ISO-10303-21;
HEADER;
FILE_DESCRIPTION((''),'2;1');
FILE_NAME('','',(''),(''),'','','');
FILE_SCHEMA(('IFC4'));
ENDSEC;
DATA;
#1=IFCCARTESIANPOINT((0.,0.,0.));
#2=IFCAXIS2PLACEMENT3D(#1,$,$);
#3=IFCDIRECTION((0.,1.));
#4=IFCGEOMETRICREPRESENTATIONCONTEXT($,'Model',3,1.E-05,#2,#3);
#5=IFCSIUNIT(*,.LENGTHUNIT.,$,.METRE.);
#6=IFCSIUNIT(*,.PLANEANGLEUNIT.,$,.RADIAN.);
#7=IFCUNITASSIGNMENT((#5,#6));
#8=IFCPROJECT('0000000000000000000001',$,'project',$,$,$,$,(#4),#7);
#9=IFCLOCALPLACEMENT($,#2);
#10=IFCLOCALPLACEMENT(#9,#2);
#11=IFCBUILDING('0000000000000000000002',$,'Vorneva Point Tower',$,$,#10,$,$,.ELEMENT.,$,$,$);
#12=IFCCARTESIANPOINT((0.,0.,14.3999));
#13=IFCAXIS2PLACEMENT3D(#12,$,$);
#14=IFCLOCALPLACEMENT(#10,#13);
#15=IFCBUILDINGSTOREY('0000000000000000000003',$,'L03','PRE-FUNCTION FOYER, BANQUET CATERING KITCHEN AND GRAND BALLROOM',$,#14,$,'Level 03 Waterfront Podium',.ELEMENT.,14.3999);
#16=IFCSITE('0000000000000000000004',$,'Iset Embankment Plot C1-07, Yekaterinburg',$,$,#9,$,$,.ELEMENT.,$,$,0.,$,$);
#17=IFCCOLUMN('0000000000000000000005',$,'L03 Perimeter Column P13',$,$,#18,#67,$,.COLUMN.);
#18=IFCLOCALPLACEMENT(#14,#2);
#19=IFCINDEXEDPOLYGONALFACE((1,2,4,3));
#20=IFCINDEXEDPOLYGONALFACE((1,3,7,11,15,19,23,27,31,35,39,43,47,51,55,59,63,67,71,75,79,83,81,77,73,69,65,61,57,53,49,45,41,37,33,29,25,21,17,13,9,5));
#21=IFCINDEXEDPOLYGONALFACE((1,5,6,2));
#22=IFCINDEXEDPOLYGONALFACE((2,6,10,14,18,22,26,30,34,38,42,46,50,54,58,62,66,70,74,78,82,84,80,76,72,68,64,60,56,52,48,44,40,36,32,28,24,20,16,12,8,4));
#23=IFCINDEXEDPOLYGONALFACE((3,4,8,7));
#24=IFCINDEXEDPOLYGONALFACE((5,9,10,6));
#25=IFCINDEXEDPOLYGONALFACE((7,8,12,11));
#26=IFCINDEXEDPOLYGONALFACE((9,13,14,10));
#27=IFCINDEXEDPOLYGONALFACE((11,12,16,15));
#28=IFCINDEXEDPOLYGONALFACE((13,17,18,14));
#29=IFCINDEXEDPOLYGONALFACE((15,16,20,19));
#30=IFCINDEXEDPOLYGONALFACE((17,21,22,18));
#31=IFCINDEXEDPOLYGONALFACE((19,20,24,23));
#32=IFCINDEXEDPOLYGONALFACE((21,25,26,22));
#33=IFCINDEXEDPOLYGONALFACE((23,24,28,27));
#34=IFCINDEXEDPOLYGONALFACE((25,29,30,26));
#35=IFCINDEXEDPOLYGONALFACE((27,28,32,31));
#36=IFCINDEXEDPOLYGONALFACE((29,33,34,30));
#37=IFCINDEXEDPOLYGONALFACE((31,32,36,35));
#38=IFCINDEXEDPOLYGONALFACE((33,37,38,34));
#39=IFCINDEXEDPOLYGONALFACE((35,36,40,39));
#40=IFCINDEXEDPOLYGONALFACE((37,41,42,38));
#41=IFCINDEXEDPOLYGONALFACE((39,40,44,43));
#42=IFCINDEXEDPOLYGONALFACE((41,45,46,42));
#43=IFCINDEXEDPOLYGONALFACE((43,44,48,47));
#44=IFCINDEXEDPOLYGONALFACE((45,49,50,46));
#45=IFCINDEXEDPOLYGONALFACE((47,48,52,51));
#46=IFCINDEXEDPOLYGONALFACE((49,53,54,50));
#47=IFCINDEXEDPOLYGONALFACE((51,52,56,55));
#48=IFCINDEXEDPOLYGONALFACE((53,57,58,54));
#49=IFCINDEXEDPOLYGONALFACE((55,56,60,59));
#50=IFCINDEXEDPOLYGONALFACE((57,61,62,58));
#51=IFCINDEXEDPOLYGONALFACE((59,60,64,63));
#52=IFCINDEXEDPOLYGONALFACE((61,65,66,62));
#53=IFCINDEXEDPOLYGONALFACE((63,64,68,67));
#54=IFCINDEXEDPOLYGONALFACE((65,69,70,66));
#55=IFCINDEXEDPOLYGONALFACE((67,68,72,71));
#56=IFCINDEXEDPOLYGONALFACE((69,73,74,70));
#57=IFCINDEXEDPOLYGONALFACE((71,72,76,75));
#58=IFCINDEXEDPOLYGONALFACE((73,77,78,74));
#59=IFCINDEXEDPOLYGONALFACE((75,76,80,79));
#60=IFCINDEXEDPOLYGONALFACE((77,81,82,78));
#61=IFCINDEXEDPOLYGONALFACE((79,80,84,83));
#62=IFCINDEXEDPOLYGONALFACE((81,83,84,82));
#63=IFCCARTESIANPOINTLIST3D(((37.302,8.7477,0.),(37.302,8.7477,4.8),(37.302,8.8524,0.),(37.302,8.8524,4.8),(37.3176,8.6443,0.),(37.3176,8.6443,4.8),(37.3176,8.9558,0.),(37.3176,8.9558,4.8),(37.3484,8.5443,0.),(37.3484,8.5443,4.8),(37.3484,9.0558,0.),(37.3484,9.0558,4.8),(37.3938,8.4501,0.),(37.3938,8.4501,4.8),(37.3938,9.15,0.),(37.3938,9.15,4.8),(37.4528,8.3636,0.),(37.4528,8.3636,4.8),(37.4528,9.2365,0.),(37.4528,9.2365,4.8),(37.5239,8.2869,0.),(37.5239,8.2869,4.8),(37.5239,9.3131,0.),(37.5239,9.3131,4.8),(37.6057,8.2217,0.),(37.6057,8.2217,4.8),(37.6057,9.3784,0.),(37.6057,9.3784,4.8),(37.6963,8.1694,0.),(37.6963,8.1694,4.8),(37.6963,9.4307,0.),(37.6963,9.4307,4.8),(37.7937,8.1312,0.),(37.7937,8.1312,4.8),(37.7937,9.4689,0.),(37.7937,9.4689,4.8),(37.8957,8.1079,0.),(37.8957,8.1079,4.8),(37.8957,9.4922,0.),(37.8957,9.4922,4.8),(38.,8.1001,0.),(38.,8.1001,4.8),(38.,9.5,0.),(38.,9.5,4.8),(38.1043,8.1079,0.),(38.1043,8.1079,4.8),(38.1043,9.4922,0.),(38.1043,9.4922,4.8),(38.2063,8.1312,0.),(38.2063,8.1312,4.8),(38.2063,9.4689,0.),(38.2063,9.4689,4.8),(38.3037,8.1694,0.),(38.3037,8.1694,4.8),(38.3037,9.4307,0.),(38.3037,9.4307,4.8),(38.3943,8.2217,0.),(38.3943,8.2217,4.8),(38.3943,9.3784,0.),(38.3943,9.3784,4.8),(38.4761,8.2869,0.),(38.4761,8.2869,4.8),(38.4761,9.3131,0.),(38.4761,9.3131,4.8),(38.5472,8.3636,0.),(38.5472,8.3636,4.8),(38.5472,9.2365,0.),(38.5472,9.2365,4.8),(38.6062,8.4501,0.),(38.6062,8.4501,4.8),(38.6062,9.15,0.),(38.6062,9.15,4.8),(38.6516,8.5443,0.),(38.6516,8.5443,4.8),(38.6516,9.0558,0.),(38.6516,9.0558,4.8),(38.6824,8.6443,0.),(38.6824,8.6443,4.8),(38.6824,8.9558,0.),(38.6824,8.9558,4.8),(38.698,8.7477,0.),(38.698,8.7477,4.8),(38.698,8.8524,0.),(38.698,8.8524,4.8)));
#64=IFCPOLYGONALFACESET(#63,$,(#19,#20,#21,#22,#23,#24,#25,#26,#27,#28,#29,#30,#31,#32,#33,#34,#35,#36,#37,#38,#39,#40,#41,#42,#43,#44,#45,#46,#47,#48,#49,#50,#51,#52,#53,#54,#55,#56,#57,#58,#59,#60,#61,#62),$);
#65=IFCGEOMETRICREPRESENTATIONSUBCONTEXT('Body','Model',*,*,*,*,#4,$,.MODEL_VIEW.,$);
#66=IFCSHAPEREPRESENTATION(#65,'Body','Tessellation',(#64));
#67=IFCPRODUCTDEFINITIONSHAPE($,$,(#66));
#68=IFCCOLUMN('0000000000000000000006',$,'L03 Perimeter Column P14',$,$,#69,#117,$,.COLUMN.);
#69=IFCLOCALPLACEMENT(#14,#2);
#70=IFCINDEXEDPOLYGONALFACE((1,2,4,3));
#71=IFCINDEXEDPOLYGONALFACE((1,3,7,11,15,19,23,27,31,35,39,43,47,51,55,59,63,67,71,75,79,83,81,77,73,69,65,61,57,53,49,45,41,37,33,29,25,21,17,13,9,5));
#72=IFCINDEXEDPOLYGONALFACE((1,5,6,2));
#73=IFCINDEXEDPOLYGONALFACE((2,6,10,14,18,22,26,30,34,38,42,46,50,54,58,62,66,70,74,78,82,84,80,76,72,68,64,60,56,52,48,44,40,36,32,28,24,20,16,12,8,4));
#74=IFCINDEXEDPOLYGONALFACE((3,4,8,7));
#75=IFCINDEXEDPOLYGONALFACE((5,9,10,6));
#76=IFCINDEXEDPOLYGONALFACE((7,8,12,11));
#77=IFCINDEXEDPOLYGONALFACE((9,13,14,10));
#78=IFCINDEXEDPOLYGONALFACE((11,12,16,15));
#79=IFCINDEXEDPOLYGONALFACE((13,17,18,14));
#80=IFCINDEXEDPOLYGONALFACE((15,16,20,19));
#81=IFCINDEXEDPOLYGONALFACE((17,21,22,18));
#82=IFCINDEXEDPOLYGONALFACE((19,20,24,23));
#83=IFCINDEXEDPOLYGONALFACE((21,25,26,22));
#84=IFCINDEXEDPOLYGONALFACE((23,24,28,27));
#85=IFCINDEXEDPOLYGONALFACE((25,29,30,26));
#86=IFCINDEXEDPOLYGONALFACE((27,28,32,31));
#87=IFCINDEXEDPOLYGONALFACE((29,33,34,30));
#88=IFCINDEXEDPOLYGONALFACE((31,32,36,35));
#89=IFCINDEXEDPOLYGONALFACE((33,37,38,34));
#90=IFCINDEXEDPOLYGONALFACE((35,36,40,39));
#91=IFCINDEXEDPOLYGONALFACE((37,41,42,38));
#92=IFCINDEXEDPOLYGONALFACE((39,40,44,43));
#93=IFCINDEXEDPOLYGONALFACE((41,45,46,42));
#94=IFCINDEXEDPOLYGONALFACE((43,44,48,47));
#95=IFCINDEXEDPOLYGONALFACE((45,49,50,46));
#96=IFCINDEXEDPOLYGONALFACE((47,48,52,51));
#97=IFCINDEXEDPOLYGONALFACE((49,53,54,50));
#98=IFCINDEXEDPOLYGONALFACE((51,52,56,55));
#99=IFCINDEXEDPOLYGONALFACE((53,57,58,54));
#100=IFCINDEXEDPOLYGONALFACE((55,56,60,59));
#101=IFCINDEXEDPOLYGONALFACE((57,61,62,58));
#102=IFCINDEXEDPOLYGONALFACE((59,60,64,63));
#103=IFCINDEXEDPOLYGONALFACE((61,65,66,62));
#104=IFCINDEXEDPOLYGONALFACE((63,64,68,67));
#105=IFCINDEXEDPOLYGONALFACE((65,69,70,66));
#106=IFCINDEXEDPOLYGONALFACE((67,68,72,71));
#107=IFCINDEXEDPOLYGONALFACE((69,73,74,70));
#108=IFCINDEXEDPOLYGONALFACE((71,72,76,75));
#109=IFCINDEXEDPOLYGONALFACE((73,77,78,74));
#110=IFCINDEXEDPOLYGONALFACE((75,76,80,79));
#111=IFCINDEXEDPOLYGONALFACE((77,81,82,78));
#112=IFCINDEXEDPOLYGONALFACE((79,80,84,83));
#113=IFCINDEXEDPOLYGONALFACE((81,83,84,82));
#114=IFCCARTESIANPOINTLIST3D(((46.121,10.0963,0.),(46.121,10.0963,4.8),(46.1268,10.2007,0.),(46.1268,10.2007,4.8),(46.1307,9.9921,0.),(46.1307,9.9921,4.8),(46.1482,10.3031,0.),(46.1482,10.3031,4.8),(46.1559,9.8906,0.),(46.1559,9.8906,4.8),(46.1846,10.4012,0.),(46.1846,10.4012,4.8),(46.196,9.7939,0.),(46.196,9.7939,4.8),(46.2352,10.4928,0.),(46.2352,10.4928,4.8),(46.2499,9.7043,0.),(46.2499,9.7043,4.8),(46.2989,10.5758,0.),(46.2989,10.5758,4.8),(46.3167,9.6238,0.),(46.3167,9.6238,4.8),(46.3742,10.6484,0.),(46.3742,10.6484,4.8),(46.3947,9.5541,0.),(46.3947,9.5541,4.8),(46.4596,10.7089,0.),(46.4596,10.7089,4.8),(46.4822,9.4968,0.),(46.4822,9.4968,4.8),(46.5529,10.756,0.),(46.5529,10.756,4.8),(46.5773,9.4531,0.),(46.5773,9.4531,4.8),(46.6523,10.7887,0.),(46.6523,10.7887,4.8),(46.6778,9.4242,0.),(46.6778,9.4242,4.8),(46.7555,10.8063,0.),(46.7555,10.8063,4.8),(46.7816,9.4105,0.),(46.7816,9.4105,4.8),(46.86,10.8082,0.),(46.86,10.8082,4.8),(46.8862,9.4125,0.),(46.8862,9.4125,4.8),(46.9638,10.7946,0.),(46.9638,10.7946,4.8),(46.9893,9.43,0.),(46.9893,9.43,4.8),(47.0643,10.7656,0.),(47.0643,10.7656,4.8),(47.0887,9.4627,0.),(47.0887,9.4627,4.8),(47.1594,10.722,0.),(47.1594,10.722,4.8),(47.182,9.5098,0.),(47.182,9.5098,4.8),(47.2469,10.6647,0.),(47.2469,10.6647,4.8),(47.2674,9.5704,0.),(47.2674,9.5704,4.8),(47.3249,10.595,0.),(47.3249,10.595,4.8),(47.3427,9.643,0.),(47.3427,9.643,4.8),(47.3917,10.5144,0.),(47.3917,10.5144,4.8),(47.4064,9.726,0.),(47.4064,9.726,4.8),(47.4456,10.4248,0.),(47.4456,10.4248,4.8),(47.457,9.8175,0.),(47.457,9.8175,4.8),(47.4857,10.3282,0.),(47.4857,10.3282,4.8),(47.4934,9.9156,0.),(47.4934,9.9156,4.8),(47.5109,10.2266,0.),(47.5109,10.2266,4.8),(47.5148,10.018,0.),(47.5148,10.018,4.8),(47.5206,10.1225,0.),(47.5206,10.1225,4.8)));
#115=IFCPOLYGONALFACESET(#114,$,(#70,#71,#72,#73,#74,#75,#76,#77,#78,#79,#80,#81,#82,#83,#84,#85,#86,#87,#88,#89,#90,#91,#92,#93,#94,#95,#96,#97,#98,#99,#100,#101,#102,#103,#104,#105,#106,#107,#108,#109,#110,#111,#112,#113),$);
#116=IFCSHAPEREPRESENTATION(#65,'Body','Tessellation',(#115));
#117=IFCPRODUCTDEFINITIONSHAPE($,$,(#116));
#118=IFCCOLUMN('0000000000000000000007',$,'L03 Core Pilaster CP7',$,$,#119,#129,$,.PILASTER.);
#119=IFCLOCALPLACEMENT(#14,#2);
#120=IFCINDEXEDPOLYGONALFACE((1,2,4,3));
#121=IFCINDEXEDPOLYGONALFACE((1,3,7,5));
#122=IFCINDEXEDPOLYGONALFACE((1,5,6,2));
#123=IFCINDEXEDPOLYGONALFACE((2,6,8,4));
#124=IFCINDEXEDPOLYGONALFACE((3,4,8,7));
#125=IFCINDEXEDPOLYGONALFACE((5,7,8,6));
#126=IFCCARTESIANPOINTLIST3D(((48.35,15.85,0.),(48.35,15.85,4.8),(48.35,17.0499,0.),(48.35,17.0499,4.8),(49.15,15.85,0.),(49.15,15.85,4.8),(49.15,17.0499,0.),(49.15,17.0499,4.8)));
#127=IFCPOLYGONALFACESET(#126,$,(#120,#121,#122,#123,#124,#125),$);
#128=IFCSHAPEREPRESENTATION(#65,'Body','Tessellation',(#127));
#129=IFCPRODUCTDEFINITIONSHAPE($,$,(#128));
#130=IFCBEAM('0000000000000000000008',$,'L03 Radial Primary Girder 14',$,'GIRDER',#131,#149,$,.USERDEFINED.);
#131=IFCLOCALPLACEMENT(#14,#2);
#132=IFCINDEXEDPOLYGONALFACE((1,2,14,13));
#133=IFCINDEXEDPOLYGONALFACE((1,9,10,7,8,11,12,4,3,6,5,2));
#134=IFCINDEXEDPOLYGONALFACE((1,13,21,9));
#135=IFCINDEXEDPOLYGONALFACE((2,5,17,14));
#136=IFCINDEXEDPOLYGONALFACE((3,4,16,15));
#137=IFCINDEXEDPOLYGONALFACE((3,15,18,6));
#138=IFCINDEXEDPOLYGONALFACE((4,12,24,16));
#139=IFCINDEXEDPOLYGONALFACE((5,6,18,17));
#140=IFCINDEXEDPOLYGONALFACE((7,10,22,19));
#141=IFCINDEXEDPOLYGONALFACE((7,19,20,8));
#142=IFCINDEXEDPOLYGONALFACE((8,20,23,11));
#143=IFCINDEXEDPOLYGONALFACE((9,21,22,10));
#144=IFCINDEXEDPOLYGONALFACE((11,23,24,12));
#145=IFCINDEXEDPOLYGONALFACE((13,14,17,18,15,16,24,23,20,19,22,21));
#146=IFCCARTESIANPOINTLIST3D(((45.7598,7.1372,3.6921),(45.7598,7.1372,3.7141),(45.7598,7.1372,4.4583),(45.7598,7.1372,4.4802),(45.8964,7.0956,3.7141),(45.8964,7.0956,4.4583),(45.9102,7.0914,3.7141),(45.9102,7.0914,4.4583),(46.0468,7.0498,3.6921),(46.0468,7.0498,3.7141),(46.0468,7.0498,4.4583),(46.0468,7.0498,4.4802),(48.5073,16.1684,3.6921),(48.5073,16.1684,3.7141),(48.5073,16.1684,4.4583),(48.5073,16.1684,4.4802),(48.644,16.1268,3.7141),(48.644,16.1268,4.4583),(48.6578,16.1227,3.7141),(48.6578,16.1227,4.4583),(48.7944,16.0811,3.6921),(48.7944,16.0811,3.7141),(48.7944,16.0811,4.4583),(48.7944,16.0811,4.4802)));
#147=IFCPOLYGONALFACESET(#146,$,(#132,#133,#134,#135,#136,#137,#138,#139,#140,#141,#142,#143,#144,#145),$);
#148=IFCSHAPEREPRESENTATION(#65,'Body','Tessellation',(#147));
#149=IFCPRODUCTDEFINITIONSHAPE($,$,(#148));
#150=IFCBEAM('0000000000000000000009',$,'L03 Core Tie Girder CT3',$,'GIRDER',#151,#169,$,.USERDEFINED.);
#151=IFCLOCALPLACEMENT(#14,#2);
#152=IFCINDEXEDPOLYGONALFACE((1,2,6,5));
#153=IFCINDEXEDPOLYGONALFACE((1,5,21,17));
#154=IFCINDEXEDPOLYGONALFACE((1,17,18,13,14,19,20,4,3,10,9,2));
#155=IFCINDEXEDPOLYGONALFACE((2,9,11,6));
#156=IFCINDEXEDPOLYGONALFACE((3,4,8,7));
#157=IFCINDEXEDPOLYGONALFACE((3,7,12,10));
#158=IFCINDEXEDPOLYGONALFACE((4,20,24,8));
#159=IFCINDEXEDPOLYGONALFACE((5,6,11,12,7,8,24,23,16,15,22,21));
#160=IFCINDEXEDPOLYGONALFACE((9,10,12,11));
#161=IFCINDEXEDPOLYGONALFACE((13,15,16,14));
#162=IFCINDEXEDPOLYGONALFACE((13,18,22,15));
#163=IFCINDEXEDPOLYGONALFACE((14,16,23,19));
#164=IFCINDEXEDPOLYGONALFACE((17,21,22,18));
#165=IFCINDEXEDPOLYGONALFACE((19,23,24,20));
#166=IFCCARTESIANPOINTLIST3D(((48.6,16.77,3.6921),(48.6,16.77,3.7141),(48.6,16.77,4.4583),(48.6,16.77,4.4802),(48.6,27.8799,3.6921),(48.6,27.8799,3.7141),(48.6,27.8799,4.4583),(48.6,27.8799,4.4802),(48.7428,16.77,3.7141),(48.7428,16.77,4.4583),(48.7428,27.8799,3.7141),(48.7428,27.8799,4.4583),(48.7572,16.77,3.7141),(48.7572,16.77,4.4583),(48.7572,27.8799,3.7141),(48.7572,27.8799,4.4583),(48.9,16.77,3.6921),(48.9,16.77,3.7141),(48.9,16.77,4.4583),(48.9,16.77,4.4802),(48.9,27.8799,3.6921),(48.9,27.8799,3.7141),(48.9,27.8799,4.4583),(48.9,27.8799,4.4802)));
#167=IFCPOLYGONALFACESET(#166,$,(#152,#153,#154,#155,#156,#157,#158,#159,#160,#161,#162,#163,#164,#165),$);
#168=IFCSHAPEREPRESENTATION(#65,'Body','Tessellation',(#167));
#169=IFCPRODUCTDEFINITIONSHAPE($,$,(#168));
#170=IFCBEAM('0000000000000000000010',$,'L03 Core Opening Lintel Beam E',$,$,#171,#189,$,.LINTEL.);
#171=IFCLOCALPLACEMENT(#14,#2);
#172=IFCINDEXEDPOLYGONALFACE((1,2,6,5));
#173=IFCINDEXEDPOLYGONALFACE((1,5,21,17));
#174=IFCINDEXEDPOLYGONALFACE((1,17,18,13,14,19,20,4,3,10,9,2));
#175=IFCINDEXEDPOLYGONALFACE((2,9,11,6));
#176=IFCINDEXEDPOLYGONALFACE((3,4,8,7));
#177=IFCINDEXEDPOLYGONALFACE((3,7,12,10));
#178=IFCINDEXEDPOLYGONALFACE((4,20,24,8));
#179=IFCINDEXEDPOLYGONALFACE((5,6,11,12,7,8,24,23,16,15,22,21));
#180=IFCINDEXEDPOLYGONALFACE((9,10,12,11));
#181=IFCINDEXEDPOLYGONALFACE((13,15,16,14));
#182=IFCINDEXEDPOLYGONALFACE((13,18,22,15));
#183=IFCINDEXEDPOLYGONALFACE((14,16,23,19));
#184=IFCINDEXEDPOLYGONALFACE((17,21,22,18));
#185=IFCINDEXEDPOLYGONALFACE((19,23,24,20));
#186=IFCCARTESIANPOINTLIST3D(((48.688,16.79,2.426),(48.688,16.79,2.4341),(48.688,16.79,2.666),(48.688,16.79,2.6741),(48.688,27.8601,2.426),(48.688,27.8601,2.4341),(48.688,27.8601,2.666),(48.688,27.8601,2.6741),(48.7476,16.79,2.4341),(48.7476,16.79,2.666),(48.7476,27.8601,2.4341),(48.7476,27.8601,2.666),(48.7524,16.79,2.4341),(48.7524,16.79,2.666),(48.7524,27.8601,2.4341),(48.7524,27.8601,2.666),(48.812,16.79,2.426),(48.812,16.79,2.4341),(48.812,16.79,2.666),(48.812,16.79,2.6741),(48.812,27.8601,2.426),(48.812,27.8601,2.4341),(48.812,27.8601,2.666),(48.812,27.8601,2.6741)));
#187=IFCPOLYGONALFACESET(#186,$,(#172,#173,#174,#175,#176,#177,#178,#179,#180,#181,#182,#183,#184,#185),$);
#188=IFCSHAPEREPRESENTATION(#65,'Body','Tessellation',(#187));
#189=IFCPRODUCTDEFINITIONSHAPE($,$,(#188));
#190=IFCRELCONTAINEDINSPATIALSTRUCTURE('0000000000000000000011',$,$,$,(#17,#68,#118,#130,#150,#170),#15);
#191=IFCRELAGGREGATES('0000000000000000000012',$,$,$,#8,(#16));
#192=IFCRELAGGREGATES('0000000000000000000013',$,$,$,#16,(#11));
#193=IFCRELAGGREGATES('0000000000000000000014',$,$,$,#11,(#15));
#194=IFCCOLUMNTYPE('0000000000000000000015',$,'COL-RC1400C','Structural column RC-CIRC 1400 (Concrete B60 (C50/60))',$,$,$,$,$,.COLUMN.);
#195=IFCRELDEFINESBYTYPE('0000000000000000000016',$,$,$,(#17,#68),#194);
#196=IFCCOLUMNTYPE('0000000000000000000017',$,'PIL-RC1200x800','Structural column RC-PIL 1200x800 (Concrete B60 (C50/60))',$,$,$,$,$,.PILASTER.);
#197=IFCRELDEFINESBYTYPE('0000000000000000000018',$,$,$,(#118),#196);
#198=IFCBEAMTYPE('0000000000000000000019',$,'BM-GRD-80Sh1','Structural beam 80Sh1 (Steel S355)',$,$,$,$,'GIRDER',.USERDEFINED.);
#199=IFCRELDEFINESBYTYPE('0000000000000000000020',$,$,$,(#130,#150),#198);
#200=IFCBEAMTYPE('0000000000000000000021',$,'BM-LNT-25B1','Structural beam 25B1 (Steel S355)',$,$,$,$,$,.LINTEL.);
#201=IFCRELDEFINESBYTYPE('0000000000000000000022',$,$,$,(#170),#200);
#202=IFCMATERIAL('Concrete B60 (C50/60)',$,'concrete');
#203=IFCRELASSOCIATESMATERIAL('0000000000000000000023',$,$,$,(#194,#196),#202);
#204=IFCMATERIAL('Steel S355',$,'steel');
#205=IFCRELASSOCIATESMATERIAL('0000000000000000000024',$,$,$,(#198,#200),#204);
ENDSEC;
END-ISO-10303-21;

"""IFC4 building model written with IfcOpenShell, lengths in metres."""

from ifc_helpers import new_model, si_unit, direction, frame, origin, origin_2d, place, context, subcontext, project, spatial, rectangle, circle, i_section, extrude, material, material_profile, profile_set, type_object, element, save


model = new_model("IFC4")

# Units and contexts
model_context = context("Model", 3, precision=1e-05, world=origin(), true_north=direction((0.0, 1.0)))
body_context = subcontext(model_context, "Body", "Model", "MODEL_VIEW")
ifc_project = project(units=[si_unit("LENGTHUNIT", "METRE"), si_unit("PLANEANGLEUNIT", "RADIAN")], contexts=[model_context])

# Site, building, storey
site_placement = place(None, origin())
site = spatial("IfcSite", under=ifc_project, at=site_placement, Name="Iset Embankment Plot C1-07, Yekaterinburg", CompositionType="ELEMENT", RefElevation=0.0)
building_placement = place(site_placement, origin())
building = spatial("IfcBuilding", under=site, at=building_placement, Name="Vorneva Point Tower", CompositionType="ELEMENT")
storey_placement = place(building_placement, frame((0.0, 0.0, 14.3999)))
storey = spatial("IfcBuildingStorey", under=building, at=storey_placement, Name="L03", Description="PRE-FUNCTION FOYER, BANQUET CATERING KITCHEN AND GRAND BALLROOM", LongName="Level 03 Waterfront Podium", CompositionType="ELEMENT", Elevation=14.3999)

# Columns
ifc_material_1 = material(Name="Concrete B60 (C50/60)", Category="concrete")
ifc_material_profile_1 = material_profile(ifc_material_1, circle(Radius=0.7, at=origin_2d()), Name="RC-CIRC 1400")
ifc_profile_set_1 = profile_set([ifc_material_profile_1], Name="Concrete B60 (C50/60)")
column_type_1 = type_object("IfcColumnType", Name="COL-RC1400C", Description="Structural column RC-CIRC 1400 (Concrete B60 (C50/60))", PredefinedType="COLUMN", material=ifc_profile_set_1)
for number, where, z_axis, x_axis, name in (
    (1, (38.0, 8.8, 0.0), (0.0, 0.0, 1.0), (0.0, -1.0, 0.0), "L03 Perimeter Column P13"),
    (2, (46.8208, 10.1094, 0.0), (0.0, 0.0, 1.0), (0.382683, -0.92388, 0.0), "L03 Perimeter Column P14"),
):
    element("IfcColumn", number, at=place(storey_placement, frame(where, z_axis=z_axis, x_axis=x_axis)), inside=storey, type_object=column_type_1, Name=name, PredefinedType="COLUMN", context=body_context, shape_type="SweptSolid", body=[
        extrude(circle(Radius=0.7, at=origin_2d()), origin(), (0.0, 0.0, 1.0), 4.8),
    ])
ifc_material_profile_2 = material_profile(ifc_material_1, rectangle(XDim=0.8, YDim=1.2, at=origin_2d()), Name="RC-PIL 1200x800")
ifc_profile_set_2 = profile_set([ifc_material_profile_2], Name="Concrete B60 (C50/60)")
column_type_2 = type_object("IfcColumnType", Name="PIL-RC1200x800", Description="Structural column RC-PIL 1200x800 (Concrete B60 (C50/60))", PredefinedType="PILASTER", material=ifc_profile_set_2)
column_placement = place(storey_placement, frame((48.75, 16.45, 0.0), z_axis=(0.0, 0.0, 1.0), x_axis=(1.0, 0.0, 0.0)))
element("IfcColumn", 3, at=column_placement, inside=storey, type_object=column_type_2, Name="L03 Core Pilaster CP7", PredefinedType="PILASTER", context=body_context, shape_type="SweptSolid", body=[
    extrude(rectangle(XDim=0.8, YDim=1.2, at=origin_2d()), origin(), (0.0, 0.0, 1.0), 4.8),
])

# Beams
ifc_material_2 = material(Name="Steel S355", Category="steel")
ifc_material_profile_3 = material_profile(ifc_material_2, i_section(OverallWidth=0.3, OverallDepth=0.7881, WebThickness=0.0144, FlangeThickness=0.022, at=origin_2d()), Name="80Sh1")
ifc_profile_set_3 = profile_set([ifc_material_profile_3], Name="Steel S355")
beam_type_1 = type_object("IfcBeamType", Name="BM-GRD-80Sh1", Description="Structural beam 80Sh1 (Steel S355)", ElementType="GIRDER", PredefinedType="USERDEFINED", material=ifc_profile_set_3)
beam_1_placement = place(storey_placement, frame((45.9033, 7.0935, 4.0862), z_axis=(0.291057, 0.956706, 0.0), x_axis=(-0.956706, 0.291057, 0.0)))
element("IfcBeam", 4, at=beam_1_placement, inside=storey, type_object=beam_type_1, Name="L03 Radial Primary Girder 14", ObjectType="GIRDER", PredefinedType="USERDEFINED", context=body_context, shape_type="SweptSolid", body=[
    extrude(i_section(OverallWidth=0.3, OverallDepth=0.7881, WebThickness=0.0144, FlangeThickness=0.022, at=origin_2d()), origin(), (0.0, 0.0, 1.0), 9.4399),
])
beam_2_placement = place(storey_placement, frame((48.75, 16.77, 4.0862), z_axis=(0.0, 1.0, 0.0), x_axis=(-1.0, 0.0, 0.0)))
element("IfcBeam", 5, at=beam_2_placement, inside=storey, type_object=beam_type_1, Name="L03 Core Tie Girder CT3", ObjectType="GIRDER", PredefinedType="USERDEFINED", context=body_context, shape_type="SweptSolid", body=[
    extrude(i_section(OverallWidth=0.3, OverallDepth=0.7881, WebThickness=0.0144, FlangeThickness=0.022, at=origin_2d()), origin(), (0.0, 0.0, 1.0), 11.1099),
])
ifc_material_profile_4 = material_profile(ifc_material_2, i_section(OverallWidth=0.124, OverallDepth=0.248, WebThickness=0.0049, FlangeThickness=0.0081, at=origin_2d()), Name="25B1")
ifc_profile_set_4 = profile_set([ifc_material_profile_4], Name="Steel S355")
beam_type_2 = type_object("IfcBeamType", Name="BM-LNT-25B1", Description="Structural beam 25B1 (Steel S355)", PredefinedType="LINTEL", material=ifc_profile_set_4)
beam_3_placement = place(storey_placement, frame((48.75, 16.79, 2.55), z_axis=(0.0, 1.0, 0.0), x_axis=(-1.0, 0.0, 0.0)))
element("IfcBeam", 6, at=beam_3_placement, inside=storey, type_object=beam_type_2, Name="L03 Core Opening Lintel Beam E", PredefinedType="LINTEL", context=body_context, shape_type="SweptSolid", body=[
    extrude(i_section(OverallWidth=0.124, OverallDepth=0.248, WebThickness=0.0049, FlangeThickness=0.0081, at=origin_2d()), origin(), (0.0, 0.0, 1.0), 11.0701),
])

save(model, "model.ifc")
